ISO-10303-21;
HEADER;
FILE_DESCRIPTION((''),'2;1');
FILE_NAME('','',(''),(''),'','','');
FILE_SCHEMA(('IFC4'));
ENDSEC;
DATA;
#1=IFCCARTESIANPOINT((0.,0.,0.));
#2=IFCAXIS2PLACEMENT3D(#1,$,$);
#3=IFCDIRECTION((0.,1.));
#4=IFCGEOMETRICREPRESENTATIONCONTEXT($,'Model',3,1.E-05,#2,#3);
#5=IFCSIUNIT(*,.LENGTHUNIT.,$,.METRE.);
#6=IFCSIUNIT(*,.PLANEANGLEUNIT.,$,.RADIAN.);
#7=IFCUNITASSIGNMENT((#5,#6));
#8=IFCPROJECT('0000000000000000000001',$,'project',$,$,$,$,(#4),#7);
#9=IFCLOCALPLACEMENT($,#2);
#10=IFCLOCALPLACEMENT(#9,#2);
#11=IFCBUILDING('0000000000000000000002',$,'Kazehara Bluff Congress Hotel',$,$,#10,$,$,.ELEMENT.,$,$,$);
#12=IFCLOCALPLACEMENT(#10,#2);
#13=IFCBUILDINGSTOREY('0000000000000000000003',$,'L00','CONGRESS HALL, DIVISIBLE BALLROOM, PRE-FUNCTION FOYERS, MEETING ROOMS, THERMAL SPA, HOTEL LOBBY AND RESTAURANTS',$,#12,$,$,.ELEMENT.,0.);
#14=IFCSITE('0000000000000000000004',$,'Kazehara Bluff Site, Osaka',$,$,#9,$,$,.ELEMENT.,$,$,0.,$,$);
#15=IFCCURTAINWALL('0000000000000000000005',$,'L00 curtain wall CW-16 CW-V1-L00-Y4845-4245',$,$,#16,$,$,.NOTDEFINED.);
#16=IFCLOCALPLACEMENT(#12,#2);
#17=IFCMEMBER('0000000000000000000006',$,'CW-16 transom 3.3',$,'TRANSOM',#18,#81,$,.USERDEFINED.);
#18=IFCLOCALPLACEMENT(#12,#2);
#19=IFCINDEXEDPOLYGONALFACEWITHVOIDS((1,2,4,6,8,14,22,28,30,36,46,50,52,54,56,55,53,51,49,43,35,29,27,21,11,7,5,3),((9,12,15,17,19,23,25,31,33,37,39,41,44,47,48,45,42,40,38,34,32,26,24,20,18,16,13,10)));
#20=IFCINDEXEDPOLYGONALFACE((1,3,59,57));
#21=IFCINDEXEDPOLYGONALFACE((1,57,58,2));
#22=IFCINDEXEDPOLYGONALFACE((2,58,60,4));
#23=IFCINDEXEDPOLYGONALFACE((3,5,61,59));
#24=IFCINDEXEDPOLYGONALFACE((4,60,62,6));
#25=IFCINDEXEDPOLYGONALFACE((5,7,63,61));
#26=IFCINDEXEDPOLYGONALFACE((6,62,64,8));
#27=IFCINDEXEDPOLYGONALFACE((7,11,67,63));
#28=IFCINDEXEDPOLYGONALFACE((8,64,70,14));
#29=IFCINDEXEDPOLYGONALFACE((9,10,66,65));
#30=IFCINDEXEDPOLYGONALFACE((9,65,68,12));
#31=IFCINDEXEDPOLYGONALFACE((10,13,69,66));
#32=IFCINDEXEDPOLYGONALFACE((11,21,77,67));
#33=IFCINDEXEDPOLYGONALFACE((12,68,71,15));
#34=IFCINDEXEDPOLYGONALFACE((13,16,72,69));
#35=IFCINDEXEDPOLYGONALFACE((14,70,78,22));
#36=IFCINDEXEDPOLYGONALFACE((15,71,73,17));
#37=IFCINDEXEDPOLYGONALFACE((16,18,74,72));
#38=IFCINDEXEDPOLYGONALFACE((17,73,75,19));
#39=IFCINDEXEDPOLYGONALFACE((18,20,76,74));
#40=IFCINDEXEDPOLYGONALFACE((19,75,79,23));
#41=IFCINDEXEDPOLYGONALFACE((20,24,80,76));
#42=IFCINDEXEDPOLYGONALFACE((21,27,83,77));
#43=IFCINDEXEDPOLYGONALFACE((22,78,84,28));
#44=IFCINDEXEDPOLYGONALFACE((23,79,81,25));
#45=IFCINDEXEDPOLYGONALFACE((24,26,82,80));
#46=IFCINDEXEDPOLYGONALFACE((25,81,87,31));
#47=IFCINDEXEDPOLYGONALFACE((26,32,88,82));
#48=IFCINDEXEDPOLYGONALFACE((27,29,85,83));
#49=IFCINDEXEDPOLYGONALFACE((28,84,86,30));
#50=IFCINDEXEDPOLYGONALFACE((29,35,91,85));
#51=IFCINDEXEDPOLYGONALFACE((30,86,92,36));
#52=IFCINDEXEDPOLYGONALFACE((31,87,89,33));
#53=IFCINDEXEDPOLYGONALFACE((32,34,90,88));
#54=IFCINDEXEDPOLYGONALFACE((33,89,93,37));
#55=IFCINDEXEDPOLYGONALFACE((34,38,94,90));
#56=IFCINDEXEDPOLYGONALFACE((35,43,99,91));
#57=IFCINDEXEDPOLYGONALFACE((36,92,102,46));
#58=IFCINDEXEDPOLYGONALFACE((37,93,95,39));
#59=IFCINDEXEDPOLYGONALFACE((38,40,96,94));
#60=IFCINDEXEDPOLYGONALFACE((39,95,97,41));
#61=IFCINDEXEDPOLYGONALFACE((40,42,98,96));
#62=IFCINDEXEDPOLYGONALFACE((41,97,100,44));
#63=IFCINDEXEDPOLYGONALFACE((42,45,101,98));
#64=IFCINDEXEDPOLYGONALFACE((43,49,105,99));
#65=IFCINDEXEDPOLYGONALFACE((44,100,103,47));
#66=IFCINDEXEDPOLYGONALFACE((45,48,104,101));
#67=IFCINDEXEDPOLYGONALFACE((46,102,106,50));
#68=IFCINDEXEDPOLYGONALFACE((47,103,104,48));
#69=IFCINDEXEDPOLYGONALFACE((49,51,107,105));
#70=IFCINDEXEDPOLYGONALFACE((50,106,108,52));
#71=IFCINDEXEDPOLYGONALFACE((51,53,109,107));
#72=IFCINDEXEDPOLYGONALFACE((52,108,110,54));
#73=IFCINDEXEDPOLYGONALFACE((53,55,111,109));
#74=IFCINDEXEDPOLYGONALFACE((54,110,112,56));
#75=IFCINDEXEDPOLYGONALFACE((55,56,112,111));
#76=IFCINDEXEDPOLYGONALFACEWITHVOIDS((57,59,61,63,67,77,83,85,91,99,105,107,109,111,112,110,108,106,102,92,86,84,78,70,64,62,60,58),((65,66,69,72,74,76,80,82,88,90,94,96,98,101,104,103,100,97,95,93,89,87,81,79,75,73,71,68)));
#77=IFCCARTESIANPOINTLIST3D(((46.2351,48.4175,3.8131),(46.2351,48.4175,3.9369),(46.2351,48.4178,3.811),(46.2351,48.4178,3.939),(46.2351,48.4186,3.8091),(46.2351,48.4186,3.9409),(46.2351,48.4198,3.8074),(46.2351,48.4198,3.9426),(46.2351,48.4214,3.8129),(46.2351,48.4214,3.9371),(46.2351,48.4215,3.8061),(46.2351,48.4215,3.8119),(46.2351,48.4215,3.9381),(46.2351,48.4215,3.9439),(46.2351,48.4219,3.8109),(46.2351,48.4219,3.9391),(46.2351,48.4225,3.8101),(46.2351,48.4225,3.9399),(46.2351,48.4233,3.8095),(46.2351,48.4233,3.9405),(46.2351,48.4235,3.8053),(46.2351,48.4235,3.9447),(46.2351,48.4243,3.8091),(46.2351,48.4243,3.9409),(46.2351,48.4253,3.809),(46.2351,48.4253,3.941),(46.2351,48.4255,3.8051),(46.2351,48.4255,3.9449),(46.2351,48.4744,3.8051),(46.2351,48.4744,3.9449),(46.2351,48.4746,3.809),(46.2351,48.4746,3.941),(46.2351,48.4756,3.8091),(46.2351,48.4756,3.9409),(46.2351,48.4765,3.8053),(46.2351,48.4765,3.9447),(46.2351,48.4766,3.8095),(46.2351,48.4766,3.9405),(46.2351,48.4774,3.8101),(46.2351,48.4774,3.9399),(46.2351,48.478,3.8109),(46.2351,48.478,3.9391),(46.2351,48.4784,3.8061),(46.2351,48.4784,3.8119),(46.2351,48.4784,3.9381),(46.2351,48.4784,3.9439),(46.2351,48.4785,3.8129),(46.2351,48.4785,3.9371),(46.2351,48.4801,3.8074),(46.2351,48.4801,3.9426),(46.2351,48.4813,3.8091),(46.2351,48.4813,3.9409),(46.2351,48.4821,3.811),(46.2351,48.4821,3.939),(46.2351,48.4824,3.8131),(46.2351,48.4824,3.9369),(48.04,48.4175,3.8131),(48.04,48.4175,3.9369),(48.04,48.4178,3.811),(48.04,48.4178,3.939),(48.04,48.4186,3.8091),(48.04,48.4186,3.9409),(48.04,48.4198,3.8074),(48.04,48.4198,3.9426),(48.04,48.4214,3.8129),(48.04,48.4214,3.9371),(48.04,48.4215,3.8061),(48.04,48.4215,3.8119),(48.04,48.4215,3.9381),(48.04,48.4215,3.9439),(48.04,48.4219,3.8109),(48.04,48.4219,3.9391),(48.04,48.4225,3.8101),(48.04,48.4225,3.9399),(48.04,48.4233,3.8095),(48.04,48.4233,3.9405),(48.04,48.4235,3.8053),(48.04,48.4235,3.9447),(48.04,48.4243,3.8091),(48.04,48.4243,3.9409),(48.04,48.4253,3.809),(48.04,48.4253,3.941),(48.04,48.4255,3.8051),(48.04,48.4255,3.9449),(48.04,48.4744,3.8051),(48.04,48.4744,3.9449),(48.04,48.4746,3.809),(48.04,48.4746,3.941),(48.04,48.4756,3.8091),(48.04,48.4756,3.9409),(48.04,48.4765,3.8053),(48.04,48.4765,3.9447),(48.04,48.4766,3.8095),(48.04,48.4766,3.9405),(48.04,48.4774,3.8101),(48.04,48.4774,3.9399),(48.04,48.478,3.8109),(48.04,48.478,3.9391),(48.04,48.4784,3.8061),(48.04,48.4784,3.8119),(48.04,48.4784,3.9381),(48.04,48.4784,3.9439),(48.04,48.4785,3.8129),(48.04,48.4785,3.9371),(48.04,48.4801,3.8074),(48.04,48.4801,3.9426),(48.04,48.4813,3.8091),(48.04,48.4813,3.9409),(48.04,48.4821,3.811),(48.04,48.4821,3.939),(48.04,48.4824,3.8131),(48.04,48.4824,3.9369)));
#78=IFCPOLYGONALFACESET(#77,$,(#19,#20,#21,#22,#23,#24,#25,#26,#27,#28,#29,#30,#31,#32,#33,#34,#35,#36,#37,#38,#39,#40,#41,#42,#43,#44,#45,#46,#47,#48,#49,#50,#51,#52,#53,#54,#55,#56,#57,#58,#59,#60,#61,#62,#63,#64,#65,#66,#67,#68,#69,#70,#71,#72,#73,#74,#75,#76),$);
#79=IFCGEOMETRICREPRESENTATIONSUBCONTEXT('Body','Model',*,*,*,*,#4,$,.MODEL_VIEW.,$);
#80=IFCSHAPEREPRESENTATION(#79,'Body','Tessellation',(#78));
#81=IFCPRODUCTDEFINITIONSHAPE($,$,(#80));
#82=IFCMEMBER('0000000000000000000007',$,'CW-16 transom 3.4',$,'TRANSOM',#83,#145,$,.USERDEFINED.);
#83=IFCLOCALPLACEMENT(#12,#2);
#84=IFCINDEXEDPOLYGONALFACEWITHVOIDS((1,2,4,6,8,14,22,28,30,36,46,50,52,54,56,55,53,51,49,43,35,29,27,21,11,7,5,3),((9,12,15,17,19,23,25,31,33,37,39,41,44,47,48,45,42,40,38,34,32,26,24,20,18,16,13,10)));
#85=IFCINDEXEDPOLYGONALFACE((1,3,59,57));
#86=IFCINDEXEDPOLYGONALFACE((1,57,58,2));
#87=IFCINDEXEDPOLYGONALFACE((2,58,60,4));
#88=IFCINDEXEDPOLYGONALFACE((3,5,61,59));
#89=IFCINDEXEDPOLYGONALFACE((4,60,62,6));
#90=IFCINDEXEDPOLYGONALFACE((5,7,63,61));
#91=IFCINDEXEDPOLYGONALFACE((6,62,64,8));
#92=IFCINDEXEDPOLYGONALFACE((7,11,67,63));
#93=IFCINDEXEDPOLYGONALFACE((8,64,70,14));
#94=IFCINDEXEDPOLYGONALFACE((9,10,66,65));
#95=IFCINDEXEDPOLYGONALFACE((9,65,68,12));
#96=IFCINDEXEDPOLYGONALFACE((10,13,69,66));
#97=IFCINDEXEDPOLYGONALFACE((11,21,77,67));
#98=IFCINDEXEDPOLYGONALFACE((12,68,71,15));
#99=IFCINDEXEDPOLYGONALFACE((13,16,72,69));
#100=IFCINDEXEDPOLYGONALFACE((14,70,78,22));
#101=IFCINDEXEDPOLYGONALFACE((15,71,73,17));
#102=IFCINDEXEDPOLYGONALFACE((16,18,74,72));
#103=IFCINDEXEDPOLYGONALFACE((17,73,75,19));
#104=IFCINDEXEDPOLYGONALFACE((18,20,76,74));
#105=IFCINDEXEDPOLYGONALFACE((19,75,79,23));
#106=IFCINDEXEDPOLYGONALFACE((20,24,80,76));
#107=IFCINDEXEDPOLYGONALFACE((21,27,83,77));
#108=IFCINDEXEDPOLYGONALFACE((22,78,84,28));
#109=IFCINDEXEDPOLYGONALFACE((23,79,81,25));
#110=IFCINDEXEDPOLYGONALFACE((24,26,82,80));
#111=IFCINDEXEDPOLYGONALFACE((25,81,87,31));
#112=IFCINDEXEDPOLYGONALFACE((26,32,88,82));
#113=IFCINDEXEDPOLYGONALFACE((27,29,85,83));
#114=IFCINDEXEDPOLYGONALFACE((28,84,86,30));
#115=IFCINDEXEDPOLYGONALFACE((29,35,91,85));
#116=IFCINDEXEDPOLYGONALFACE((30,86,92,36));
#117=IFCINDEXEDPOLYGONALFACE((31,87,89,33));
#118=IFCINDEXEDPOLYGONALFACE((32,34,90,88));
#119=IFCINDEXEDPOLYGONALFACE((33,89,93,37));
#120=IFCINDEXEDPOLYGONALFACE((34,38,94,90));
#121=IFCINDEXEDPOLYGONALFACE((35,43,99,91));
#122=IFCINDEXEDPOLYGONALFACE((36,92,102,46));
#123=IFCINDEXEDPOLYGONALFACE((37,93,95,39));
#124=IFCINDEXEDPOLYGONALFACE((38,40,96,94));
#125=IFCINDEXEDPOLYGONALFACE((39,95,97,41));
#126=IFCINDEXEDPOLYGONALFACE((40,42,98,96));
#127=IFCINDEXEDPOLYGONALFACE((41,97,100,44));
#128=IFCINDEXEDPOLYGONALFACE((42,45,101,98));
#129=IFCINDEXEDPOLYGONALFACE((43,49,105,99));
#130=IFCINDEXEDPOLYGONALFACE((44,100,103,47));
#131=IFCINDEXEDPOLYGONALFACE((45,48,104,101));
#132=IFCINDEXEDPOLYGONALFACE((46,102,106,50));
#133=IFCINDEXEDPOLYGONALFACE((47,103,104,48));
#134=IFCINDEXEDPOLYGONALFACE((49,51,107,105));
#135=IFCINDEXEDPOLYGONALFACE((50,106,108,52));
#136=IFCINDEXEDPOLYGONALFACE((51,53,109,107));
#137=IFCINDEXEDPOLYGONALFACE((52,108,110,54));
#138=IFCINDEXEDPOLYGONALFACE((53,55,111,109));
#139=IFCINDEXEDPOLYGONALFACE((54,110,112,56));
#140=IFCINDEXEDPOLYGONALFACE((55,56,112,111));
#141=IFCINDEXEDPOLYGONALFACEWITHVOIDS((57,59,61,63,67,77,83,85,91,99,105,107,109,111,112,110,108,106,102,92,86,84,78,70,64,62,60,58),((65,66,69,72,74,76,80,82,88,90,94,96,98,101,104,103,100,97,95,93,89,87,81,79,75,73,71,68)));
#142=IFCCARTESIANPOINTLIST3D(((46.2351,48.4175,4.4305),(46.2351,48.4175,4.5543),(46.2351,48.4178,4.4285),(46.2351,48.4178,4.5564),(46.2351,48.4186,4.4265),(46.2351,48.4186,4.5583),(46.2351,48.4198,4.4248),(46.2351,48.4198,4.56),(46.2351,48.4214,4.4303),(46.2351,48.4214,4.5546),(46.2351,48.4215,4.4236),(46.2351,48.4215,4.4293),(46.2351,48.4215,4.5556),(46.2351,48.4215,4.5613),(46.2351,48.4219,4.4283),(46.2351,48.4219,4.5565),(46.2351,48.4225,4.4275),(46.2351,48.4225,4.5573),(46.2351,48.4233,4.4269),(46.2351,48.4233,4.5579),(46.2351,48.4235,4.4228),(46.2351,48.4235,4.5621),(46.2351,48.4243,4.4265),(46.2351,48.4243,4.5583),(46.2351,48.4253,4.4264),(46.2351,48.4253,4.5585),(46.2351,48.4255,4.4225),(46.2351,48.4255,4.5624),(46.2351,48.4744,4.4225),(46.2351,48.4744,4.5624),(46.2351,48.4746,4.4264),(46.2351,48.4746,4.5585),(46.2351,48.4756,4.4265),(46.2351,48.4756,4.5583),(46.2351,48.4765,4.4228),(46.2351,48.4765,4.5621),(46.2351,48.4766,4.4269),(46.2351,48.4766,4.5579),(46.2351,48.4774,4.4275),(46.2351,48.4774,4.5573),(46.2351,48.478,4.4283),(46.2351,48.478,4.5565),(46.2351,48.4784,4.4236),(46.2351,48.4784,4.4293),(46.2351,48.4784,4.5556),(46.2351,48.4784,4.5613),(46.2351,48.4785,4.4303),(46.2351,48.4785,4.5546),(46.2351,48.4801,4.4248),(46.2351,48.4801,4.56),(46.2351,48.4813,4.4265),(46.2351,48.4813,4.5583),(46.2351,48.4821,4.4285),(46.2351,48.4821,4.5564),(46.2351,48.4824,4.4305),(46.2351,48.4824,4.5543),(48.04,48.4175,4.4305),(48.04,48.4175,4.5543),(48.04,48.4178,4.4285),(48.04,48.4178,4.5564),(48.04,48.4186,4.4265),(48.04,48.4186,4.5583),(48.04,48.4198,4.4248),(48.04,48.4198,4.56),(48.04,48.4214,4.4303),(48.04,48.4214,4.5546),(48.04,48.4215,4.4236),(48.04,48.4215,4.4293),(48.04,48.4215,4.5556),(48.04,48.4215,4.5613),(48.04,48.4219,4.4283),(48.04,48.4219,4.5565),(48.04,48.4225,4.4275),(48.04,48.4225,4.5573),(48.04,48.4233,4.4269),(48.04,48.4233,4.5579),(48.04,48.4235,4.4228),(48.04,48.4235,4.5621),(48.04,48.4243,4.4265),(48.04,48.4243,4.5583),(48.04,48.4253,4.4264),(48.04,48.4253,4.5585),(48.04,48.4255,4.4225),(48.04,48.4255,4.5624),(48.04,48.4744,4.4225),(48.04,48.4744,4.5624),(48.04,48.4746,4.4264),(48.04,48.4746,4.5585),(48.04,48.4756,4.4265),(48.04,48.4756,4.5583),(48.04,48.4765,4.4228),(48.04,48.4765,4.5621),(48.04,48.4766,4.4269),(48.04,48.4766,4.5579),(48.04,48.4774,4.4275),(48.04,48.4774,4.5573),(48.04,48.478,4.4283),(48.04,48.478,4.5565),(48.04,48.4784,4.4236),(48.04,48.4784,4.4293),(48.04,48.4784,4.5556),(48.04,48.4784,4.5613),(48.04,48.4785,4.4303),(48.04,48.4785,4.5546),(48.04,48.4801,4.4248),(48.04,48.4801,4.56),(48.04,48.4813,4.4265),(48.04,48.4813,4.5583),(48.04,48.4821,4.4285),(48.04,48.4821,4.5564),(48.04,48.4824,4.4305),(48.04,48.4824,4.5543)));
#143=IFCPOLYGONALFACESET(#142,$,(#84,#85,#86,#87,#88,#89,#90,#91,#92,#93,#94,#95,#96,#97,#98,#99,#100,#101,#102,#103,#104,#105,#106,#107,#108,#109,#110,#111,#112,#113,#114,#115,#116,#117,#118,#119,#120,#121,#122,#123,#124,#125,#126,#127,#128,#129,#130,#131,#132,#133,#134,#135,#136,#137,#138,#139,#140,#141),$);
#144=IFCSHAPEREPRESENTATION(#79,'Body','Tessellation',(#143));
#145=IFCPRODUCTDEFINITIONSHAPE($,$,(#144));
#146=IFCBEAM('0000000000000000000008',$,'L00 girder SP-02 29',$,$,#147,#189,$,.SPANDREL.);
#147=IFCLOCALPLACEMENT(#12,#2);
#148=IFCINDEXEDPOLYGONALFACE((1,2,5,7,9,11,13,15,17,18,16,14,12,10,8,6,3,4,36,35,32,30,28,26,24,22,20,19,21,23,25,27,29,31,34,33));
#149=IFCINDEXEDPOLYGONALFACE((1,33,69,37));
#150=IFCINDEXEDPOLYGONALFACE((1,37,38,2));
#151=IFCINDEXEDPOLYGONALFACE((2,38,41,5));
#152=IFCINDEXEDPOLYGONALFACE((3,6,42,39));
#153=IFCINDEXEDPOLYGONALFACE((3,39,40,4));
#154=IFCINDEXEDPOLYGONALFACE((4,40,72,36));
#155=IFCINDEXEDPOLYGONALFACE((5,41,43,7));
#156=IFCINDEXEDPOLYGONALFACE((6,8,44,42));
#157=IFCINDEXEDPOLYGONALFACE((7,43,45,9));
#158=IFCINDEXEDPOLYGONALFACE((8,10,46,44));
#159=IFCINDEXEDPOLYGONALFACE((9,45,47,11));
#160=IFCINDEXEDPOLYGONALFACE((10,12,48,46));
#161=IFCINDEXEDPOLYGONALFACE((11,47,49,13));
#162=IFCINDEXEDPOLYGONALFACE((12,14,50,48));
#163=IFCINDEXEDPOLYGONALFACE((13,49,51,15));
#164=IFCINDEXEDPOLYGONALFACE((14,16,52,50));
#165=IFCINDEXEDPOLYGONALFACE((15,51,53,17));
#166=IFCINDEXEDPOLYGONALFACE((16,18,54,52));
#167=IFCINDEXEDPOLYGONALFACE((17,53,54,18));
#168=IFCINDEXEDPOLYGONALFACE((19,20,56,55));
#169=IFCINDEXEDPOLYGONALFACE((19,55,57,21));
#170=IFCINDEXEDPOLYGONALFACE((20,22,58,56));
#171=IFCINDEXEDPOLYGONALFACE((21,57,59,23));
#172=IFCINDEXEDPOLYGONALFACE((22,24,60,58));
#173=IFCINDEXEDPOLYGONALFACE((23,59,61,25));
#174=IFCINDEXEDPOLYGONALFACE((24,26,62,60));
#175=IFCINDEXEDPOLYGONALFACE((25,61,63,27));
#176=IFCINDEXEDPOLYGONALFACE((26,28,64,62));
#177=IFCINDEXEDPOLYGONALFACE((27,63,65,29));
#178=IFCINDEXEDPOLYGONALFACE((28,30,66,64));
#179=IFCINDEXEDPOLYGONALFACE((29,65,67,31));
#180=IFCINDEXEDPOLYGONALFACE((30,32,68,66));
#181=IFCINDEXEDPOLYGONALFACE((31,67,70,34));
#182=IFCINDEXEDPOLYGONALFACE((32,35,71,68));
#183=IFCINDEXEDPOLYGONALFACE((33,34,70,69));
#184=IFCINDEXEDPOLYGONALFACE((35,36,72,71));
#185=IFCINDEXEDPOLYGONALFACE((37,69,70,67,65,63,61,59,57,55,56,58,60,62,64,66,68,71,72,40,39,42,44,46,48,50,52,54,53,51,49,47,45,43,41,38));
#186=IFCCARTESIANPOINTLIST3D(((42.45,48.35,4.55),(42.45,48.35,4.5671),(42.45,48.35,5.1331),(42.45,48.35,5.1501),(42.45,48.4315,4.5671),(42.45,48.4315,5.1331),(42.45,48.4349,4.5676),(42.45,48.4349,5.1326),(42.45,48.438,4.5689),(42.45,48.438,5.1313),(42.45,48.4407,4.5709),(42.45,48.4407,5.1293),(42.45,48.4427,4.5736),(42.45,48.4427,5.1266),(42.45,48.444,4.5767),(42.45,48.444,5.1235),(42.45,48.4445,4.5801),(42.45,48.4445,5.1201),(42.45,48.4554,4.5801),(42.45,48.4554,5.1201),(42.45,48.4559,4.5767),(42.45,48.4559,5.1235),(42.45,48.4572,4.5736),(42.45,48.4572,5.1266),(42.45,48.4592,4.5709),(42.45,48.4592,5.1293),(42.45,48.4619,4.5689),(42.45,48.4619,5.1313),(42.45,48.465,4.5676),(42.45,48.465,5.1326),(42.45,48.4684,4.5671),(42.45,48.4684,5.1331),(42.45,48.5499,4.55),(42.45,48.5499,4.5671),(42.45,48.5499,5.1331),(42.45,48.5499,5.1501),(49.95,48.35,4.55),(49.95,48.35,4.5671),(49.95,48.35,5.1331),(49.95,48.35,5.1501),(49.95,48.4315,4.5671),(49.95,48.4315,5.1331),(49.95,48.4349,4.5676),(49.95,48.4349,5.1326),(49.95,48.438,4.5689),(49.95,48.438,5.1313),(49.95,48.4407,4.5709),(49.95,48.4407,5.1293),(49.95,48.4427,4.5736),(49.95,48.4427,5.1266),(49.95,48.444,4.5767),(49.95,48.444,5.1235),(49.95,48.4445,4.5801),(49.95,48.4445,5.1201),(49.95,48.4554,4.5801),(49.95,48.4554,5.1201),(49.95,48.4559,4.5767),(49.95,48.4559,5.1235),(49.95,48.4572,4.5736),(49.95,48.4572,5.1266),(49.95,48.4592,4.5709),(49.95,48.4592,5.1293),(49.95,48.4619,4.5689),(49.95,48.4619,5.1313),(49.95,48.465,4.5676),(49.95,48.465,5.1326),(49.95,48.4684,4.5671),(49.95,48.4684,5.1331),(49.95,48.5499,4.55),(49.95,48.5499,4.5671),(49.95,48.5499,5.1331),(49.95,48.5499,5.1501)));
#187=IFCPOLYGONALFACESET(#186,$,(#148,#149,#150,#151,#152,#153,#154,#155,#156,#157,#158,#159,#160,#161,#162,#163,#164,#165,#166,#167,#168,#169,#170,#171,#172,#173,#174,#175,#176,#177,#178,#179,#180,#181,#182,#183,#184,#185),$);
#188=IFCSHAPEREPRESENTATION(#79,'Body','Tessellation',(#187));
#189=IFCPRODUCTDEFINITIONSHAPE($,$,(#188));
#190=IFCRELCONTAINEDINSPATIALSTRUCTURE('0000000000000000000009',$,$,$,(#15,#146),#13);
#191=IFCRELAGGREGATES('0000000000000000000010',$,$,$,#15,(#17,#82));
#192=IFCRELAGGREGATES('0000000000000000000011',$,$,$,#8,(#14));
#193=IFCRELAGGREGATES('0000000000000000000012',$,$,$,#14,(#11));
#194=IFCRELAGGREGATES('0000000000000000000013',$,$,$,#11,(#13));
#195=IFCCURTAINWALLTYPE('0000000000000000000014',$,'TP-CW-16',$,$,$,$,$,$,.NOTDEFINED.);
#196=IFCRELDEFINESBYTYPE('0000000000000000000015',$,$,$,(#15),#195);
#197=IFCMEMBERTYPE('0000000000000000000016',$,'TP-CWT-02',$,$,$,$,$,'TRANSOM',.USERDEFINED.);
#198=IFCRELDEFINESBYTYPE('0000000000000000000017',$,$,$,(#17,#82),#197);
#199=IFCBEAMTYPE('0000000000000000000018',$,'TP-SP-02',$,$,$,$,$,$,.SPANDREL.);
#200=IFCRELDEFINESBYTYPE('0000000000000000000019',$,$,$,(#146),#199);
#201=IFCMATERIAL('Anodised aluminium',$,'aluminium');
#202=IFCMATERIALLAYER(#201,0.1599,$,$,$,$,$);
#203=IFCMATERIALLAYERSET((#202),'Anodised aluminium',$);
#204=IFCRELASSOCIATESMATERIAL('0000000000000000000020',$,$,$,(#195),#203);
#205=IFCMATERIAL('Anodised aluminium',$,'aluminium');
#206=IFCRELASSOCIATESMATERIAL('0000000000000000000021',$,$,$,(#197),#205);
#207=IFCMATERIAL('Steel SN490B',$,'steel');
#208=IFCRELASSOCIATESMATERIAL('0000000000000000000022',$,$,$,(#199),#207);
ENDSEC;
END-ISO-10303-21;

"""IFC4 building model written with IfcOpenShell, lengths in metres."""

from ifc_helpers import new_model, si_unit, direction, frame, origin, origin_2d, place, context, subcontext, project, spatial, hollow_rectangle, i_section, extrude, material, layer, layer_set, material_profile, profile_set, type_object, element, aggregate, save


model = new_model("IFC4")

# Units and contexts
model_context = context("Model", 3, precision=1e-05, world=origin(), true_north=direction((0.0, 1.0)))
body_context = subcontext(model_context, "Body", "Model", "MODEL_VIEW")
ifc_project = project(units=[si_unit("LENGTHUNIT", "METRE"), si_unit("PLANEANGLEUNIT", "RADIAN")], contexts=[model_context])

# Site, building, storey
site_placement = place(None, origin())
site = spatial("IfcSite", under=ifc_project, at=site_placement, Name="Kazehara Bluff Site, Osaka", CompositionType="ELEMENT", RefElevation=0.0)
building_placement = place(site_placement, origin())
building = spatial("IfcBuilding", under=site, at=building_placement, Name="Kazehara Bluff Congress Hotel", CompositionType="ELEMENT")
storey_placement = place(building_placement, origin())
storey = spatial("IfcBuildingStorey", under=building, at=storey_placement, Name="L00", Description="CONGRESS HALL, DIVISIBLE BALLROOM, PRE-FUNCTION FOYERS, MEETING ROOMS, THERMAL SPA, HOTEL LOBBY AND RESTAURANTS", CompositionType="ELEMENT", Elevation=0.0)

# Shared definitions
ifc_material_1 = material(Name="Anodised aluminium", Category="aluminium")
ifc_layer_1 = layer(ifc_material_1, 0.1599)
ifc_layer_set_1 = layer_set([ifc_layer_1], Name="Anodised aluminium")
curtain_wall_type = type_object("IfcCurtainWallType", Name="TP-CW-16", PredefinedType="NOTDEFINED", material=ifc_layer_set_1)

# Curtain wall
curtain_wall_1_placement = place(storey_placement, origin())
curtain_wall_1 = element("IfcCurtainWall", 1, at=curtain_wall_1_placement, inside=storey, type_object=curtain_wall_type, Name="L00 curtain wall CW-16 CW-V1-L00-Y4845-4245", PredefinedType="NOTDEFINED")

# Members
ifc_material_2 = material(Name="Anodised aluminium", Category="aluminium")
ifc_material_profile_1 = material_profile(ifc_material_2, hollow_rectangle(XDim=0.0649, YDim=0.1399, WallThickness=0.0039, InnerFilletRadius=0.0039, OuterFilletRadius=0.0081, at=origin_2d()))
ifc_profile_set_1 = profile_set([ifc_material_profile_1], Name="Anodised aluminium")
member_type_1 = type_object("IfcMemberType", Name="TP-CWT-02", ElementType="TRANSOM", PredefinedType="USERDEFINED", material=ifc_profile_set_1)
member_1_placement = place(storey_placement, frame((46.2351, 48.45, 3.875), z_axis=(1.0, 0.0, 0.0), x_axis=(0.0, 1.0, 0.0)))
member_1 = element("IfcMember", 2, at=member_1_placement, type_object=member_type_1, Name="CW-16 transom 3.3", ObjectType="TRANSOM", PredefinedType="USERDEFINED", context=body_context, shape_type="SweptSolid", body=[
    extrude(hollow_rectangle(XDim=0.0649, YDim=0.1399, WallThickness=0.0039, InnerFilletRadius=0.0039, OuterFilletRadius=0.0081, at=origin_2d()), origin(), (0.0, 0.0, 1.0), 1.8049),
])
member_2_placement = place(storey_placement, frame((46.2351, 48.45, 4.4924), z_axis=(1.0, 0.0, 0.0), x_axis=(0.0, 1.0, 0.0)))
member_2 = element("IfcMember", 3, at=member_2_placement, type_object=member_type_1, Name="CW-16 transom 3.4", ObjectType="TRANSOM", PredefinedType="USERDEFINED", context=body_context, shape_type="SweptSolid", body=[
    extrude(hollow_rectangle(XDim=0.0649, YDim=0.1399, WallThickness=0.0039, InnerFilletRadius=0.0039, OuterFilletRadius=0.0081, at=origin_2d()), origin(), (0.0, 0.0, 1.0), 1.8049),
])

# Beam
ifc_material_3 = material(Name="Steel SN490B", Category="steel")
ifc_material_profile_2 = material_profile(ifc_material_3, i_section(OverallWidth=0.2, OverallDepth=0.6001, WebThickness=0.011, FlangeThickness=0.0171, FilletRadius=0.0129, at=origin_2d()))
ifc_profile_set_2 = profile_set([ifc_material_profile_2], Name="Steel SN490B")
beam_type = type_object("IfcBeamType", Name="TP-SP-02", PredefinedType="SPANDREL", material=ifc_profile_set_2)
beam_placement = place(storey_placement, frame((42.45, 48.45, 4.8501), z_axis=(1.0, 0.0, 0.0), x_axis=(0.0, 1.0, 0.0)))
element("IfcBeam", 4, at=beam_placement, inside=storey, type_object=beam_type, Name="L00 girder SP-02 29", PredefinedType="SPANDREL", context=body_context, shape_type="SweptSolid", body=[
    extrude(i_section(OverallWidth=0.2, OverallDepth=0.6001, WebThickness=0.011, FlangeThickness=0.0171, FilletRadius=0.0129, at=origin_2d()), origin(), (0.0, 0.0, 1.0), 7.5),
])

aggregate(curtain_wall_1, [member_1, member_2])

save(model, "model.ifc")
